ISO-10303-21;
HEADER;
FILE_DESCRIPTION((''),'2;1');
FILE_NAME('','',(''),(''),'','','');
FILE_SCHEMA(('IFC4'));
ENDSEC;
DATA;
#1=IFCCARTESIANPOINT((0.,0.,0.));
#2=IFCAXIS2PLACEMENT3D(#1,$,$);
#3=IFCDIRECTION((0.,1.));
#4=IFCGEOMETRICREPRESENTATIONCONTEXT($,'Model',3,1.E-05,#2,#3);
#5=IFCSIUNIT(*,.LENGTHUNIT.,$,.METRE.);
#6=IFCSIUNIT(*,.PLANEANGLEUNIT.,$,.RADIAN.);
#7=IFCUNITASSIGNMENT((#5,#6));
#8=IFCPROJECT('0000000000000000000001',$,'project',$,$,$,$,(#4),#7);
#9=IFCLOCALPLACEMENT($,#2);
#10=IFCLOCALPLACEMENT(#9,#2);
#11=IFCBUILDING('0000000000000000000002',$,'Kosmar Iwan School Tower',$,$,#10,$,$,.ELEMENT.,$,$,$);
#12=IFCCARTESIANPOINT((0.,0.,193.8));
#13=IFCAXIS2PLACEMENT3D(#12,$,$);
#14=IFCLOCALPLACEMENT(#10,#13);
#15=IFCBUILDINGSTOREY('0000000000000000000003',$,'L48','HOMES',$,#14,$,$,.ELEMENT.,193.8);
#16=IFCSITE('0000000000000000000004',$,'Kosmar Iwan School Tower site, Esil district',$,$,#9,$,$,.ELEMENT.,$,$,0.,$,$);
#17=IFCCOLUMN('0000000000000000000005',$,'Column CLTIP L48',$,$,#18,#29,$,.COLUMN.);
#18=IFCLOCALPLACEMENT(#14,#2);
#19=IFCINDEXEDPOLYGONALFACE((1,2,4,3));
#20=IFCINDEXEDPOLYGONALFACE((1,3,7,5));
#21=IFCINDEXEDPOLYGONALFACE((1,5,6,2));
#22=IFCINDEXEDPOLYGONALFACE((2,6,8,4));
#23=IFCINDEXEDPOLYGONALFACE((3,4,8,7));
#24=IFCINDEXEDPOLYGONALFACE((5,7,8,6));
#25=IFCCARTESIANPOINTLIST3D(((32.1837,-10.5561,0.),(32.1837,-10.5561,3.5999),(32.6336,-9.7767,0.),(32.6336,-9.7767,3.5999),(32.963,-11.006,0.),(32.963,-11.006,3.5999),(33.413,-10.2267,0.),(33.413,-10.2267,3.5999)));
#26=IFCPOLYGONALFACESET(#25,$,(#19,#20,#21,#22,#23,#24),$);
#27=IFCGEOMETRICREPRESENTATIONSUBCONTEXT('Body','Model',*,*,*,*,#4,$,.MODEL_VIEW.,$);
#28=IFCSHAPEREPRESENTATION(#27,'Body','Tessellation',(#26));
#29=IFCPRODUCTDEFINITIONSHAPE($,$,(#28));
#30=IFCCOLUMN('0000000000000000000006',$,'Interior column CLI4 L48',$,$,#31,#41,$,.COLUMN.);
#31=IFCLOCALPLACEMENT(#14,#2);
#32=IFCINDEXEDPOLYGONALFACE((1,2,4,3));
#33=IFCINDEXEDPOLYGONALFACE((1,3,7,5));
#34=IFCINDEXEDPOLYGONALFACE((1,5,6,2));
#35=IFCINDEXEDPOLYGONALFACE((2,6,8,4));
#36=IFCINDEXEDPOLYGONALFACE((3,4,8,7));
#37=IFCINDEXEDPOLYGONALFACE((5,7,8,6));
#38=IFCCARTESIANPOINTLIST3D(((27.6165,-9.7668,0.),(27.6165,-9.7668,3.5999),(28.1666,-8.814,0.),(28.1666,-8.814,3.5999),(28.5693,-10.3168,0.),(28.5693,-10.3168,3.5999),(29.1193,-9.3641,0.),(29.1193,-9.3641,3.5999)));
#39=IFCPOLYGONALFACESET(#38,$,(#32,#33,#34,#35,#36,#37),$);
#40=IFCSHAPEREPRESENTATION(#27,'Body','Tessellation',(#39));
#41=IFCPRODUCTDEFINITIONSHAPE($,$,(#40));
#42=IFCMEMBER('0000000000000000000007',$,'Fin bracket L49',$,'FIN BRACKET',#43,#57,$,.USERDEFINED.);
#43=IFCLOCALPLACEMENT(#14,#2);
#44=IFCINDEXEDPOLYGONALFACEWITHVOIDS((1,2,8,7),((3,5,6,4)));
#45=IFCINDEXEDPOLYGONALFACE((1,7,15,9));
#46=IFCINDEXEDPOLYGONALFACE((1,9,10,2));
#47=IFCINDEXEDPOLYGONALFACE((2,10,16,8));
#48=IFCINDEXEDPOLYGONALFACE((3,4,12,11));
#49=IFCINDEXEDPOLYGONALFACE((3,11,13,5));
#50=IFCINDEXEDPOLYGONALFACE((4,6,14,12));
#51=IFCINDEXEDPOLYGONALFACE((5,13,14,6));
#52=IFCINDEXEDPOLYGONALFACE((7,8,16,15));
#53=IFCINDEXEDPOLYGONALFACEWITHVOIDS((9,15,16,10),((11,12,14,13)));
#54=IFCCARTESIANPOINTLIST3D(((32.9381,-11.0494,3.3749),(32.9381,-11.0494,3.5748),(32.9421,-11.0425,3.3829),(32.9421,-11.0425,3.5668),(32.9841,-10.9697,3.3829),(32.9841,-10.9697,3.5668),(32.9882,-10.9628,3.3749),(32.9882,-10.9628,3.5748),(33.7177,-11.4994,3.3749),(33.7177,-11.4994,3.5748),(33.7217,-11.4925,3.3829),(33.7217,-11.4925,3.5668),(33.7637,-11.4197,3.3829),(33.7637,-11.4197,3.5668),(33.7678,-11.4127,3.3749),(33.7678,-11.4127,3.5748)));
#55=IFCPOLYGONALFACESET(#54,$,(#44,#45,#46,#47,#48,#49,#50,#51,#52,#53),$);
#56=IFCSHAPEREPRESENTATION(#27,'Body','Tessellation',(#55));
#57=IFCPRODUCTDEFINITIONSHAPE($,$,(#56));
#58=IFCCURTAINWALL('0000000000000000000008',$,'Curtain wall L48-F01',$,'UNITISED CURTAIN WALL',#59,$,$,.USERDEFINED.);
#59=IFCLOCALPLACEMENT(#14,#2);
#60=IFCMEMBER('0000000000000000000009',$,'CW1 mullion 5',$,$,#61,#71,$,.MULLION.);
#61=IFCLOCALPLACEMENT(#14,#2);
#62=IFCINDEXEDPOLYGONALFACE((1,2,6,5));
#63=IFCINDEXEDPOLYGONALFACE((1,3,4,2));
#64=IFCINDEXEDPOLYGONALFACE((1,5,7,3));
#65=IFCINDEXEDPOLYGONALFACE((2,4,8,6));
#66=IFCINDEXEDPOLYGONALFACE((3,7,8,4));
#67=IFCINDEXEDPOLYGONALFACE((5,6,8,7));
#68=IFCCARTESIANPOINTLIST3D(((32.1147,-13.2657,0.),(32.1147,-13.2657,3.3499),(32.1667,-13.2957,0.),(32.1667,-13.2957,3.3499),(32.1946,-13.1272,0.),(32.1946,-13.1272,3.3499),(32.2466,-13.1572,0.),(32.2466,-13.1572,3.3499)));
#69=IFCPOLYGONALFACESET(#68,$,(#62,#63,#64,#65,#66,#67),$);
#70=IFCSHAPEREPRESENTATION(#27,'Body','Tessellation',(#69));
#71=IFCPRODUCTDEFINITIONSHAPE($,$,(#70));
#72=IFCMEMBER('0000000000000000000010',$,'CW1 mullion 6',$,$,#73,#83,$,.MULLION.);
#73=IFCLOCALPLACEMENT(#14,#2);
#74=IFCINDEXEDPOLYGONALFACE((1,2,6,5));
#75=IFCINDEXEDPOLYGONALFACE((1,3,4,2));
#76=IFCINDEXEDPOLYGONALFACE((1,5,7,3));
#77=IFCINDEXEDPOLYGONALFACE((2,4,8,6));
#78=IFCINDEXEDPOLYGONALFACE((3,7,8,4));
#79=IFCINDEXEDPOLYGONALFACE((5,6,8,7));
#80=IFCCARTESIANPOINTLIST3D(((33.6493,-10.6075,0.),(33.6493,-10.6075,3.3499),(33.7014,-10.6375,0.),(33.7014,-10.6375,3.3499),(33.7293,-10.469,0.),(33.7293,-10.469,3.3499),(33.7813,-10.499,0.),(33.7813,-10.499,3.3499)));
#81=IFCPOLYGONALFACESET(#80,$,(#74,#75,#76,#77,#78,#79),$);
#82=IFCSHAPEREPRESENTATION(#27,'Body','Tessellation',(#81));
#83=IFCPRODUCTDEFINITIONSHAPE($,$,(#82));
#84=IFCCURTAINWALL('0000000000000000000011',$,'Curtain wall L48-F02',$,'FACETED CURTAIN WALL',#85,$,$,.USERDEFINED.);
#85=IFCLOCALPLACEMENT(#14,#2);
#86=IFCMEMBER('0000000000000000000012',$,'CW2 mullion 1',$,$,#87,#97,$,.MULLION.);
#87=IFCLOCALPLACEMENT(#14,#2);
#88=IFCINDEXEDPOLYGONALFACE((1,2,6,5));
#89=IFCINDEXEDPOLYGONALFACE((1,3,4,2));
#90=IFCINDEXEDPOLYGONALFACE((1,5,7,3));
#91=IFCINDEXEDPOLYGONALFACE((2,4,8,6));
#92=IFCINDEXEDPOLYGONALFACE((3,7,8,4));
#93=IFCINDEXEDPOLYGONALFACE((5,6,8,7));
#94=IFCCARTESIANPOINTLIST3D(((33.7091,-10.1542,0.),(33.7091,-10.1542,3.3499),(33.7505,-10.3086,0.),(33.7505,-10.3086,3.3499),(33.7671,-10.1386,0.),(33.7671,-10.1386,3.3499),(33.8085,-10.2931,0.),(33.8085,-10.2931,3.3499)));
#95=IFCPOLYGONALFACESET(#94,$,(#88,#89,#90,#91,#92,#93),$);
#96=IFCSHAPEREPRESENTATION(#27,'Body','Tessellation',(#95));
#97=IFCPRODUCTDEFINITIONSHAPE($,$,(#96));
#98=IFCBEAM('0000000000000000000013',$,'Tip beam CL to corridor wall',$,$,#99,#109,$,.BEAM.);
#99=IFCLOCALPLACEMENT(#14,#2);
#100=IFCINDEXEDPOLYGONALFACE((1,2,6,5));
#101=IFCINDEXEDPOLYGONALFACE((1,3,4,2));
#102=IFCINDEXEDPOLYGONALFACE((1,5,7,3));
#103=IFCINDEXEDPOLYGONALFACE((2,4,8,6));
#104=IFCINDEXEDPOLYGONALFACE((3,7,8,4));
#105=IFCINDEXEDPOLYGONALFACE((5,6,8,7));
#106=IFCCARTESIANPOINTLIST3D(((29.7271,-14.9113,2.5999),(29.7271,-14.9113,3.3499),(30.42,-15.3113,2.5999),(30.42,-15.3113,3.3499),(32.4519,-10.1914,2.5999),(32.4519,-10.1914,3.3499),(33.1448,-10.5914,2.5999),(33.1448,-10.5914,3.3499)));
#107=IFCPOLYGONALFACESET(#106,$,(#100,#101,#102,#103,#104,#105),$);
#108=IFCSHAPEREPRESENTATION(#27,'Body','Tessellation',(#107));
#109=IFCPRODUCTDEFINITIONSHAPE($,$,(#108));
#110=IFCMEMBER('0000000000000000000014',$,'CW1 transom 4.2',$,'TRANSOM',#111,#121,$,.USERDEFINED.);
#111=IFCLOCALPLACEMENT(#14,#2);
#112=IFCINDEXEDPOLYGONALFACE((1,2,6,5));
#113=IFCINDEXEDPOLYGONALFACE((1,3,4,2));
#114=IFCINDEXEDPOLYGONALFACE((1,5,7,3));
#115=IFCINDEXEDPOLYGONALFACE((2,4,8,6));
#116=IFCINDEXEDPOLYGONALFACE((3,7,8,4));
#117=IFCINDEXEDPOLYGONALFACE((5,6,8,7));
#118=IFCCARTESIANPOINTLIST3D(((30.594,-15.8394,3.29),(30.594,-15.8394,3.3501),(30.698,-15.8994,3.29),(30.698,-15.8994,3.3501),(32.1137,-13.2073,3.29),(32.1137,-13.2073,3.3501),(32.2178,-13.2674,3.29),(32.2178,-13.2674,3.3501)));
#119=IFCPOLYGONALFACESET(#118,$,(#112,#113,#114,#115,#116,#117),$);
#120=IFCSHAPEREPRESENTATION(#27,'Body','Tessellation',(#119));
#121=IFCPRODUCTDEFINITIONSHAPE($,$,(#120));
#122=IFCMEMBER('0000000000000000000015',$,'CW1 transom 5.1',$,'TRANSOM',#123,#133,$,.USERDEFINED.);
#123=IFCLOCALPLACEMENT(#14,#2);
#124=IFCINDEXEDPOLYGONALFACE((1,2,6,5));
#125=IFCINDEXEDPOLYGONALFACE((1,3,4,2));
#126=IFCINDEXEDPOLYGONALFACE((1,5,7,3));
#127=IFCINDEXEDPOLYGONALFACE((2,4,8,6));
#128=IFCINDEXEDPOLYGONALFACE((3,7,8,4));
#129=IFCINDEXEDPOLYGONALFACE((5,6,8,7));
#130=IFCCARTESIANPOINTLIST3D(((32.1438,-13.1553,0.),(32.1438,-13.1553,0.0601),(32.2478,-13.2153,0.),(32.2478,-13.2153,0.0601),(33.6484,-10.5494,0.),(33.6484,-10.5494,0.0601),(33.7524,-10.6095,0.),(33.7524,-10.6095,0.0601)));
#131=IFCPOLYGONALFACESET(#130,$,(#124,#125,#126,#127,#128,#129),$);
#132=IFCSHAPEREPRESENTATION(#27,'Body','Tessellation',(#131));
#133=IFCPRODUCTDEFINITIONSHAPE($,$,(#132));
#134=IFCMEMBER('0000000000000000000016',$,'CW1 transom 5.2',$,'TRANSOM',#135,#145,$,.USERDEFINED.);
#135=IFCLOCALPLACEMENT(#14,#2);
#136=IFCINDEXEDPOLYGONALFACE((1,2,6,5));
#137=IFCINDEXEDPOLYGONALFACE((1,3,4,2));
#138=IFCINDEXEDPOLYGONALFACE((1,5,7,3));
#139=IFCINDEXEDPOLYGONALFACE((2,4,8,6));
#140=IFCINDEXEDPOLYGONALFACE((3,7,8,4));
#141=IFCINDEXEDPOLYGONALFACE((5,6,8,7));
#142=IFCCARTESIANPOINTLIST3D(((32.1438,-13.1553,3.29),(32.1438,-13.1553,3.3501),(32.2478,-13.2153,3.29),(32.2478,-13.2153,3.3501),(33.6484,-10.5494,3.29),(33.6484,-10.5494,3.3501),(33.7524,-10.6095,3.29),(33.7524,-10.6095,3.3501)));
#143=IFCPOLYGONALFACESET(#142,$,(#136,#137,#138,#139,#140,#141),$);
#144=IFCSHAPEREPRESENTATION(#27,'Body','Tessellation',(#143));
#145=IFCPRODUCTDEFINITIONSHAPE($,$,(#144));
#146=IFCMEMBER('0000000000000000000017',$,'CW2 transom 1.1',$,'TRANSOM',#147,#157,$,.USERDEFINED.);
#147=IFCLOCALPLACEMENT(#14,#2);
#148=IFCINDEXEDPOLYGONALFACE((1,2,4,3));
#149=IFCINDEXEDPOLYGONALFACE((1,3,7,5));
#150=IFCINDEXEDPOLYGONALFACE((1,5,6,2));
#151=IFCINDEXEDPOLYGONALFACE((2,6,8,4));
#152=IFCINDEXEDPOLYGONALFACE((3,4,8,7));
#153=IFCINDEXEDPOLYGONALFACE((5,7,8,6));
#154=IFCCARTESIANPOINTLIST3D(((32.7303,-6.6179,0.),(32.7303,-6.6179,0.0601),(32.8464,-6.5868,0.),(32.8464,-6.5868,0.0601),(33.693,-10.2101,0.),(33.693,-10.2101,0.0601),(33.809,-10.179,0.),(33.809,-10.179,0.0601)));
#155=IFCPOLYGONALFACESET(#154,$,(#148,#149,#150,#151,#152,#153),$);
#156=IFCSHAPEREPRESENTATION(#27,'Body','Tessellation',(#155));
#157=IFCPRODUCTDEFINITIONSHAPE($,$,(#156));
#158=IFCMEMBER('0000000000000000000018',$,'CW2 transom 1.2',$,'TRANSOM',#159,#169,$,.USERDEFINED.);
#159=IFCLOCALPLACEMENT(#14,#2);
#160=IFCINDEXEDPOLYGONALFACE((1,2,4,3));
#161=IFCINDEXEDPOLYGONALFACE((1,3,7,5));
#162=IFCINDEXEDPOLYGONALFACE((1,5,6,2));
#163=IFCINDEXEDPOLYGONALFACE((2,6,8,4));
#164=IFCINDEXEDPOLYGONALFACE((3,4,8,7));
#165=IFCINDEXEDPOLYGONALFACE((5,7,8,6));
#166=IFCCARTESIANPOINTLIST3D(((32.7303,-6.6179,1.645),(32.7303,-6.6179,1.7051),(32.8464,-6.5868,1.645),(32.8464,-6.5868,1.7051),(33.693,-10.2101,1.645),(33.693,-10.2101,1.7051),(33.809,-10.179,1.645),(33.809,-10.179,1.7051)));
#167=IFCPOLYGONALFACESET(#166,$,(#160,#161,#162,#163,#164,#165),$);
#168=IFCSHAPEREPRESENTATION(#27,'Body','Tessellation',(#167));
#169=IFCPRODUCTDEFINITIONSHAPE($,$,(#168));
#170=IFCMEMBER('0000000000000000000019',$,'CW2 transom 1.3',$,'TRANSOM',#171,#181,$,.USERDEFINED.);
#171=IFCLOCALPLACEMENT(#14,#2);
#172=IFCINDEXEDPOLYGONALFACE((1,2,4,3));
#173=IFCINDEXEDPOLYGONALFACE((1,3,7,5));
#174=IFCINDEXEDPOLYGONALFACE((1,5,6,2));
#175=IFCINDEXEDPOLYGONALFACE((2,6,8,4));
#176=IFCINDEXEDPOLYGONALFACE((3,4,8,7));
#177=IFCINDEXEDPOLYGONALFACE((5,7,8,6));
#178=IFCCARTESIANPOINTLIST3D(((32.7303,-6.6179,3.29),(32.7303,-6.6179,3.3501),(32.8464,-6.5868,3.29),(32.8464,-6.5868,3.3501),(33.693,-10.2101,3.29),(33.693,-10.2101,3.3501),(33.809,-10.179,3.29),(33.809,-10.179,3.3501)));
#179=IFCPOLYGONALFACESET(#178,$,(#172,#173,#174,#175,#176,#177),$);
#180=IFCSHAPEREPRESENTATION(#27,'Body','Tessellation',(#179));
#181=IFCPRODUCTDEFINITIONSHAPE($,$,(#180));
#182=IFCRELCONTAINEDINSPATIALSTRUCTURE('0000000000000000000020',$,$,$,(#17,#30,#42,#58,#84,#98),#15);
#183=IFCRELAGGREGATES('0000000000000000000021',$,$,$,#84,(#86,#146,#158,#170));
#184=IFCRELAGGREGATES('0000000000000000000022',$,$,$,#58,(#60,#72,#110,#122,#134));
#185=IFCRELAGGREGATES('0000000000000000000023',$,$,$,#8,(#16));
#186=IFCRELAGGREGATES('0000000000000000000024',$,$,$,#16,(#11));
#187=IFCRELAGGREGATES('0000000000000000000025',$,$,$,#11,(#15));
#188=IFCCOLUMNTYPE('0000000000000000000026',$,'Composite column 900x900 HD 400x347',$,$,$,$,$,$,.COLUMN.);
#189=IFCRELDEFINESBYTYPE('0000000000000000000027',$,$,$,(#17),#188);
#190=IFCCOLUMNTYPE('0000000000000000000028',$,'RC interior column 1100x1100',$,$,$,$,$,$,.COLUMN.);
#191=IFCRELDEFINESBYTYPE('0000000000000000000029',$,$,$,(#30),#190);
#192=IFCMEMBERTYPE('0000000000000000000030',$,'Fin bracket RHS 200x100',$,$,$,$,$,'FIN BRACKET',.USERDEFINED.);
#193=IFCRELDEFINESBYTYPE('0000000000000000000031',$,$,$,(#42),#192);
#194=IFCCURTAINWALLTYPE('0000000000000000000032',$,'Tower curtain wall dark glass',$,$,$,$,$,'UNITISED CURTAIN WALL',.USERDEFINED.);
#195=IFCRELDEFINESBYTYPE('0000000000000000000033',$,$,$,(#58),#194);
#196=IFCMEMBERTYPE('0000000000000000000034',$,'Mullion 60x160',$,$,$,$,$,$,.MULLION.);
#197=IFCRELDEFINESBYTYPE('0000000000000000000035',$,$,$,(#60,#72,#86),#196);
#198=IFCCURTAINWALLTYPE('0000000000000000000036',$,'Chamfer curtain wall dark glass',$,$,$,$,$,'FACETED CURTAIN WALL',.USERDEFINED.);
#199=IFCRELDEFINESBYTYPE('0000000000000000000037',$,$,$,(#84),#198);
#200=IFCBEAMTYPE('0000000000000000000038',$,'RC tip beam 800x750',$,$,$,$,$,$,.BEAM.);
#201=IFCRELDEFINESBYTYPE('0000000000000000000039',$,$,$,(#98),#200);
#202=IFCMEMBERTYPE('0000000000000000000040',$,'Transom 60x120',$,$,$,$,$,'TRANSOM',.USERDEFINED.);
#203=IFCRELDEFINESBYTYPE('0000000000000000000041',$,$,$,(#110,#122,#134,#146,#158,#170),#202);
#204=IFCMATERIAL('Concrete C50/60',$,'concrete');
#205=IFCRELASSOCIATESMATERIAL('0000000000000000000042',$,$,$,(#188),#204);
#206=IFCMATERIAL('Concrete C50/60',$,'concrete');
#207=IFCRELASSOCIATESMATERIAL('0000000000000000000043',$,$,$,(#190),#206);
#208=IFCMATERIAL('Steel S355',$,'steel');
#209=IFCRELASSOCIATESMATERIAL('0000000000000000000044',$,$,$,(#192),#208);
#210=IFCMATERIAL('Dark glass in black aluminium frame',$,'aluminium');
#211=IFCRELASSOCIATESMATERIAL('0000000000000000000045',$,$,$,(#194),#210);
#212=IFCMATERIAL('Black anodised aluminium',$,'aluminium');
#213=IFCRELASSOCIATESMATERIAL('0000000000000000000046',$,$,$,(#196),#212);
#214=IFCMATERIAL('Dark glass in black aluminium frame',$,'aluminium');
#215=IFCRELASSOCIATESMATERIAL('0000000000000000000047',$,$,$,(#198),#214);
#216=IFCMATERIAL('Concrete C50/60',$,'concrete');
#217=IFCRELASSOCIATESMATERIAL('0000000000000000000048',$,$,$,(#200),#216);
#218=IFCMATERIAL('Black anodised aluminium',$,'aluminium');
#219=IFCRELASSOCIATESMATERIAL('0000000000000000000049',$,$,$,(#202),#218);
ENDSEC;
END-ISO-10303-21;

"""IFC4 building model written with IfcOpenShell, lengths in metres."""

from ifc_helpers import new_model, si_unit, direction, frame, origin, origin_2d, place, context, subcontext, project, spatial, rectangle, hollow_rectangle, extrude, material, material_profile, profile_set, type_object, element, aggregate, save


model = new_model("IFC4")

# Units and contexts
model_context = context("Model", 3, precision=1e-05, world=origin(), true_north=direction((0.0, 1.0)))
body_context = subcontext(model_context, "Body", "Model", "MODEL_VIEW")
ifc_project = project(units=[si_unit("LENGTHUNIT", "METRE"), si_unit("PLANEANGLEUNIT", "RADIAN")], contexts=[model_context])

# Site, building, storey
site_placement = place(None, origin())
site = spatial("IfcSite", under=ifc_project, at=site_placement, Name="Kosmar Iwan School Tower site, Esil district", CompositionType="ELEMENT", RefElevation=0.0)
building_placement = place(site_placement, origin())
building = spatial("IfcBuilding", under=site, at=building_placement, Name="Kosmar Iwan School Tower", CompositionType="ELEMENT")
storey_placement = place(building_placement, frame((0.0, 0.0, 193.8)))
storey = spatial("IfcBuildingStorey", under=building, at=storey_placement, Name="L48", Description="HOMES", CompositionType="ELEMENT", Elevation=193.8)

# Columns
ifc_material_1 = material(Name="Concrete C50/60", Category="concrete")
ifc_material_profile_1 = material_profile(ifc_material_1, rectangle(XDim=0.8999, YDim=0.8999, at=origin_2d()), Name="RC 900x900 + HD 400x347")
ifc_profile_set_1 = profile_set([ifc_material_profile_1], Name="Concrete C50/60")
column_type_1 = type_object("IfcColumnType", Name="Composite column 900x900 HD 400x347", PredefinedType="COLUMN", material=ifc_profile_set_1)
column_1_placement = place(storey_placement, frame((32.7983, -10.3914, 0.0), z_axis=(0.0, 0.0, 1.0), x_axis=(0.866025, -0.5, 0.0)))
element("IfcColumn", 1, at=column_1_placement, inside=storey, type_object=column_type_1, Name="Column CLTIP L48", PredefinedType="COLUMN", context=body_context, shape_type="SweptSolid", body=[
    extrude(rectangle(XDim=0.8999, YDim=0.8999, at=origin_2d()), origin(), (0.0, 0.0, 1.0), 3.5999),
])
ifc_material_2 = material(Name="Concrete C50/60", Category="concrete")
ifc_material_profile_2 = material_profile(ifc_material_2, rectangle(XDim=1.1001, YDim=1.1001, at=origin_2d()), Name="RC 1100x1100")
ifc_profile_set_2 = profile_set([ifc_material_profile_2], Name="Concrete C50/60")
column_type_2 = type_object("IfcColumnType", Name="RC interior column 1100x1100", PredefinedType="COLUMN", material=ifc_profile_set_2)
column_2_placement = place(storey_placement, frame((28.3679, -9.5654, 0.0), z_axis=(0.0, 0.0, 1.0), x_axis=(0.866025, -0.5, 0.0)))
element("IfcColumn", 2, at=column_2_placement, inside=storey, type_object=column_type_2, Name="Interior column CLI4 L48", PredefinedType="COLUMN", context=body_context, shape_type="SweptSolid", body=[
    extrude(rectangle(XDim=1.1001, YDim=1.1001, at=origin_2d()), origin(), (0.0, 0.0, 1.0), 3.5999),
])

# Member
ifc_material_3 = material(Name="Steel S355", Category="steel")
ifc_material_profile_3 = material_profile(ifc_material_3, hollow_rectangle(XDim=0.1001, YDim=0.2, WallThickness=0.0081, at=origin_2d()), Name="RHS 200x100x8")
ifc_profile_set_3 = profile_set([ifc_material_profile_3], Name="Steel S355")
member_type_1 = type_object("IfcMemberType", Name="Fin bracket RHS 200x100", ElementType="FIN BRACKET", PredefinedType="USERDEFINED", material=ifc_profile_set_3)
member_1_placement = place(storey_placement, frame((32.9631, -11.0061, 3.4749), z_axis=(0.866082, -0.499902, 0.0), x_axis=(0.499902, 0.866082, 0.0)))
element("IfcMember", 3, at=member_1_placement, inside=storey, type_object=member_type_1, Name="Fin bracket L49", ObjectType="FIN BRACKET", PredefinedType="USERDEFINED", context=body_context, shape_type="SweptSolid", body=[
    extrude(hollow_rectangle(XDim=0.1001, YDim=0.2, WallThickness=0.0081, at=origin_2d()), origin(), (0.0, 0.0, 1.0), 0.9001),
])

# Curtain wall, members
ifc_material_4 = material(Name="Dark glass in black aluminium frame", Category="aluminium")
curtain_wall_type_1 = type_object("IfcCurtainWallType", Name="Tower curtain wall dark glass", ElementType="UNITISED CURTAIN WALL", PredefinedType="USERDEFINED", material=ifc_material_4)
curtain_wall_1_placement = place(storey_placement, origin())
curtain_wall_1 = element("IfcCurtainWall", 4, at=curtain_wall_1_placement, inside=storey, type_object=curtain_wall_type_1, Name="Curtain wall L48-F01", ObjectType="UNITISED CURTAIN WALL", PredefinedType="USERDEFINED")
ifc_material_5 = material(Name="Black anodised aluminium", Category="aluminium")
ifc_material_profile_4 = material_profile(ifc_material_5, rectangle(XDim=0.0601, YDim=0.1599, at=origin_2d()), Name="MULLION 60x160")
ifc_profile_set_4 = profile_set([ifc_material_profile_4], Name="Black anodised aluminium")
member_type_2 = type_object("IfcMemberType", Name="Mullion 60x160", PredefinedType="MULLION", material=ifc_profile_set_4)
member_2_placement = place(storey_placement, frame((32.1807, -13.2114, 0.0), z_axis=(0.0, 0.0, 1.0), x_axis=(-0.866025, 0.5, 0.0)))
member_2 = element("IfcMember", 5, at=member_2_placement, type_object=member_type_2, Name="CW1 mullion 5", PredefinedType="MULLION", context=body_context, shape_type="SweptSolid", body=[
    extrude(rectangle(XDim=0.0601, YDim=0.1599, at=origin_2d()), origin(), (0.0, 0.0, 1.0), 3.3499),
])
member_3_placement = place(storey_placement, frame((33.7153, -10.5532, 0.0), z_axis=(0.0, 0.0, 1.0), x_axis=(-0.866025, 0.5, 0.0)))
member_3 = element("IfcMember", 6, at=member_3_placement, type_object=member_type_2, Name="CW1 mullion 6", PredefinedType="MULLION", context=body_context, shape_type="SweptSolid", body=[
    extrude(rectangle(XDim=0.0601, YDim=0.1599, at=origin_2d()), origin(), (0.0, 0.0, 1.0), 3.3499),
])

# Curtain wall, member
ifc_material_6 = material(Name="Dark glass in black aluminium frame", Category="aluminium")
curtain_wall_type_2 = type_object("IfcCurtainWallType", Name="Chamfer curtain wall dark glass", ElementType="FACETED CURTAIN WALL", PredefinedType="USERDEFINED", material=ifc_material_6)
curtain_wall_2_placement = place(storey_placement, origin())
curtain_wall_2 = element("IfcCurtainWall", 7, at=curtain_wall_2_placement, inside=storey, type_object=curtain_wall_type_2, Name="Curtain wall L48-F02", ObjectType="FACETED CURTAIN WALL", PredefinedType="USERDEFINED")
member_4_placement = place(storey_placement, frame((33.7588, -10.2236, 0.0), z_axis=(0.0, 0.0, 1.0), x_axis=(-0.965926, -0.258819, 0.0)))
member_4 = element("IfcMember", 8, at=member_4_placement, type_object=member_type_2, Name="CW2 mullion 1", PredefinedType="MULLION", context=body_context, shape_type="SweptSolid", body=[
    extrude(rectangle(XDim=0.0601, YDim=0.1599, at=origin_2d()), origin(), (0.0, 0.0, 1.0), 3.3499),
])

# Beam
ifc_material_7 = material(Name="Concrete C50/60", Category="concrete")
ifc_material_profile_5 = material_profile(ifc_material_7, rectangle(XDim=0.8, YDim=0.75, at=origin_2d()), Name="RC 800x750")
ifc_profile_set_5 = profile_set([ifc_material_profile_5], Name="Concrete C50/60")
beam_type = type_object("IfcBeamType", Name="RC tip beam 800x750", PredefinedType="BEAM", material=ifc_profile_set_5)
beam_placement = place(storey_placement, frame((32.7983, -10.3914, 2.9749), z_axis=(-0.499969, -0.866043, 0.0), x_axis=(0.866043, -0.499969, 0.0)))
element("IfcBeam", 9, at=beam_placement, inside=storey, type_object=beam_type, Name="Tip beam CL to corridor wall", PredefinedType="BEAM", context=body_context, shape_type="SweptSolid", body=[
    extrude(rectangle(XDim=0.8, YDim=0.75, at=origin_2d()), origin(), (0.0, 0.0, 1.0), 5.45),
])

# Members
ifc_material_8 = material(Name="Black anodised aluminium", Category="aluminium")
ifc_material_profile_6 = material_profile(ifc_material_8, rectangle(XDim=0.1201, YDim=0.0601, at=origin_2d()), Name="TRANSOM 60x120")
ifc_profile_set_6 = profile_set([ifc_material_profile_6], Name="Black anodised aluminium")
member_type_3 = type_object("IfcMemberType", Name="Transom 60x120", ElementType="TRANSOM", PredefinedType="USERDEFINED", material=ifc_profile_set_6)
member_5_placement = place(storey_placement, frame((30.646, -15.8694, 3.3201), z_axis=(0.500035, 0.866005, 0.0), x_axis=(-0.866005, 0.500035, 0.0)))
member_5 = element("IfcMember", 10, at=member_5_placement, type_object=member_type_3, Name="CW1 transom 4.2", ObjectType="TRANSOM", PredefinedType="USERDEFINED", context=body_context, shape_type="SweptSolid", body=[
    extrude(rectangle(XDim=0.1201, YDim=0.0601, at=origin_2d()), origin(), (0.0, 0.0, 1.0), 3.0393),
])
member_6_placement = place(storey_placement, frame((32.1958, -13.1853, 0.03), z_axis=(0.500022, 0.866013, 0.0), x_axis=(-0.866013, 0.500022, 0.0)))
member_6 = element("IfcMember", 11, at=member_6_placement, type_object=member_type_3, Name="CW1 transom 5.1", ObjectType="TRANSOM", PredefinedType="USERDEFINED", context=body_context, shape_type="SweptSolid", body=[
    extrude(rectangle(XDim=0.1201, YDim=0.0601, at=origin_2d()), origin(), (0.0, 0.0, 1.0), 3.009),
])
member_7_placement = place(storey_placement, frame((32.1958, -13.1853, 3.3201), z_axis=(0.500022, 0.866013, 0.0), x_axis=(-0.866013, 0.500022, 0.0)))
member_7 = element("IfcMember", 12, at=member_7_placement, type_object=member_type_3, Name="CW1 transom 5.2", ObjectType="TRANSOM", PredefinedType="USERDEFINED", context=body_context, shape_type="SweptSolid", body=[
    extrude(rectangle(XDim=0.1201, YDim=0.0601, at=origin_2d()), origin(), (0.0, 0.0, 1.0), 3.009),
])
member_8_placement = place(storey_placement, frame((33.751, -10.1946, 0.03), z_axis=(-0.258843, 0.965919, 0.0), x_axis=(-0.965919, -0.258843, 0.0)))
member_8 = element("IfcMember", 13, at=member_8_placement, type_object=member_type_3, Name="CW2 transom 1.1", ObjectType="TRANSOM", PredefinedType="USERDEFINED", context=body_context, shape_type="SweptSolid", body=[
    extrude(rectangle(XDim=0.1201, YDim=0.0601, at=origin_2d()), origin(), (0.0, 0.0, 1.0), 3.719),
])
member_9_placement = place(storey_placement, frame((33.751, -10.1946, 1.675), z_axis=(-0.258843, 0.965919, 0.0), x_axis=(-0.965919, -0.258843, 0.0)))
member_9 = element("IfcMember", 14, at=member_9_placement, type_object=member_type_3, Name="CW2 transom 1.2", ObjectType="TRANSOM", PredefinedType="USERDEFINED", context=body_context, shape_type="SweptSolid", body=[
    extrude(rectangle(XDim=0.1201, YDim=0.0601, at=origin_2d()), origin(), (0.0, 0.0, 1.0), 3.719),
])
member_10_placement = place(storey_placement, frame((33.751, -10.1946, 3.3201), z_axis=(-0.258843, 0.965919, 0.0), x_axis=(-0.965919, -0.258843, 0.0)))
member_10 = element("IfcMember", 15, at=member_10_placement, type_object=member_type_3, Name="CW2 transom 1.3", ObjectType="TRANSOM", PredefinedType="USERDEFINED", context=body_context, shape_type="SweptSolid", body=[
    extrude(rectangle(XDim=0.1201, YDim=0.0601, at=origin_2d()), origin(), (0.0, 0.0, 1.0), 3.719),
])
aggregate(curtain_wall_2, [member_4, member_8, member_9, member_10])

aggregate(curtain_wall_1, [member_2, member_3, member_5, member_6, member_7])

save(model, "model.ifc")
